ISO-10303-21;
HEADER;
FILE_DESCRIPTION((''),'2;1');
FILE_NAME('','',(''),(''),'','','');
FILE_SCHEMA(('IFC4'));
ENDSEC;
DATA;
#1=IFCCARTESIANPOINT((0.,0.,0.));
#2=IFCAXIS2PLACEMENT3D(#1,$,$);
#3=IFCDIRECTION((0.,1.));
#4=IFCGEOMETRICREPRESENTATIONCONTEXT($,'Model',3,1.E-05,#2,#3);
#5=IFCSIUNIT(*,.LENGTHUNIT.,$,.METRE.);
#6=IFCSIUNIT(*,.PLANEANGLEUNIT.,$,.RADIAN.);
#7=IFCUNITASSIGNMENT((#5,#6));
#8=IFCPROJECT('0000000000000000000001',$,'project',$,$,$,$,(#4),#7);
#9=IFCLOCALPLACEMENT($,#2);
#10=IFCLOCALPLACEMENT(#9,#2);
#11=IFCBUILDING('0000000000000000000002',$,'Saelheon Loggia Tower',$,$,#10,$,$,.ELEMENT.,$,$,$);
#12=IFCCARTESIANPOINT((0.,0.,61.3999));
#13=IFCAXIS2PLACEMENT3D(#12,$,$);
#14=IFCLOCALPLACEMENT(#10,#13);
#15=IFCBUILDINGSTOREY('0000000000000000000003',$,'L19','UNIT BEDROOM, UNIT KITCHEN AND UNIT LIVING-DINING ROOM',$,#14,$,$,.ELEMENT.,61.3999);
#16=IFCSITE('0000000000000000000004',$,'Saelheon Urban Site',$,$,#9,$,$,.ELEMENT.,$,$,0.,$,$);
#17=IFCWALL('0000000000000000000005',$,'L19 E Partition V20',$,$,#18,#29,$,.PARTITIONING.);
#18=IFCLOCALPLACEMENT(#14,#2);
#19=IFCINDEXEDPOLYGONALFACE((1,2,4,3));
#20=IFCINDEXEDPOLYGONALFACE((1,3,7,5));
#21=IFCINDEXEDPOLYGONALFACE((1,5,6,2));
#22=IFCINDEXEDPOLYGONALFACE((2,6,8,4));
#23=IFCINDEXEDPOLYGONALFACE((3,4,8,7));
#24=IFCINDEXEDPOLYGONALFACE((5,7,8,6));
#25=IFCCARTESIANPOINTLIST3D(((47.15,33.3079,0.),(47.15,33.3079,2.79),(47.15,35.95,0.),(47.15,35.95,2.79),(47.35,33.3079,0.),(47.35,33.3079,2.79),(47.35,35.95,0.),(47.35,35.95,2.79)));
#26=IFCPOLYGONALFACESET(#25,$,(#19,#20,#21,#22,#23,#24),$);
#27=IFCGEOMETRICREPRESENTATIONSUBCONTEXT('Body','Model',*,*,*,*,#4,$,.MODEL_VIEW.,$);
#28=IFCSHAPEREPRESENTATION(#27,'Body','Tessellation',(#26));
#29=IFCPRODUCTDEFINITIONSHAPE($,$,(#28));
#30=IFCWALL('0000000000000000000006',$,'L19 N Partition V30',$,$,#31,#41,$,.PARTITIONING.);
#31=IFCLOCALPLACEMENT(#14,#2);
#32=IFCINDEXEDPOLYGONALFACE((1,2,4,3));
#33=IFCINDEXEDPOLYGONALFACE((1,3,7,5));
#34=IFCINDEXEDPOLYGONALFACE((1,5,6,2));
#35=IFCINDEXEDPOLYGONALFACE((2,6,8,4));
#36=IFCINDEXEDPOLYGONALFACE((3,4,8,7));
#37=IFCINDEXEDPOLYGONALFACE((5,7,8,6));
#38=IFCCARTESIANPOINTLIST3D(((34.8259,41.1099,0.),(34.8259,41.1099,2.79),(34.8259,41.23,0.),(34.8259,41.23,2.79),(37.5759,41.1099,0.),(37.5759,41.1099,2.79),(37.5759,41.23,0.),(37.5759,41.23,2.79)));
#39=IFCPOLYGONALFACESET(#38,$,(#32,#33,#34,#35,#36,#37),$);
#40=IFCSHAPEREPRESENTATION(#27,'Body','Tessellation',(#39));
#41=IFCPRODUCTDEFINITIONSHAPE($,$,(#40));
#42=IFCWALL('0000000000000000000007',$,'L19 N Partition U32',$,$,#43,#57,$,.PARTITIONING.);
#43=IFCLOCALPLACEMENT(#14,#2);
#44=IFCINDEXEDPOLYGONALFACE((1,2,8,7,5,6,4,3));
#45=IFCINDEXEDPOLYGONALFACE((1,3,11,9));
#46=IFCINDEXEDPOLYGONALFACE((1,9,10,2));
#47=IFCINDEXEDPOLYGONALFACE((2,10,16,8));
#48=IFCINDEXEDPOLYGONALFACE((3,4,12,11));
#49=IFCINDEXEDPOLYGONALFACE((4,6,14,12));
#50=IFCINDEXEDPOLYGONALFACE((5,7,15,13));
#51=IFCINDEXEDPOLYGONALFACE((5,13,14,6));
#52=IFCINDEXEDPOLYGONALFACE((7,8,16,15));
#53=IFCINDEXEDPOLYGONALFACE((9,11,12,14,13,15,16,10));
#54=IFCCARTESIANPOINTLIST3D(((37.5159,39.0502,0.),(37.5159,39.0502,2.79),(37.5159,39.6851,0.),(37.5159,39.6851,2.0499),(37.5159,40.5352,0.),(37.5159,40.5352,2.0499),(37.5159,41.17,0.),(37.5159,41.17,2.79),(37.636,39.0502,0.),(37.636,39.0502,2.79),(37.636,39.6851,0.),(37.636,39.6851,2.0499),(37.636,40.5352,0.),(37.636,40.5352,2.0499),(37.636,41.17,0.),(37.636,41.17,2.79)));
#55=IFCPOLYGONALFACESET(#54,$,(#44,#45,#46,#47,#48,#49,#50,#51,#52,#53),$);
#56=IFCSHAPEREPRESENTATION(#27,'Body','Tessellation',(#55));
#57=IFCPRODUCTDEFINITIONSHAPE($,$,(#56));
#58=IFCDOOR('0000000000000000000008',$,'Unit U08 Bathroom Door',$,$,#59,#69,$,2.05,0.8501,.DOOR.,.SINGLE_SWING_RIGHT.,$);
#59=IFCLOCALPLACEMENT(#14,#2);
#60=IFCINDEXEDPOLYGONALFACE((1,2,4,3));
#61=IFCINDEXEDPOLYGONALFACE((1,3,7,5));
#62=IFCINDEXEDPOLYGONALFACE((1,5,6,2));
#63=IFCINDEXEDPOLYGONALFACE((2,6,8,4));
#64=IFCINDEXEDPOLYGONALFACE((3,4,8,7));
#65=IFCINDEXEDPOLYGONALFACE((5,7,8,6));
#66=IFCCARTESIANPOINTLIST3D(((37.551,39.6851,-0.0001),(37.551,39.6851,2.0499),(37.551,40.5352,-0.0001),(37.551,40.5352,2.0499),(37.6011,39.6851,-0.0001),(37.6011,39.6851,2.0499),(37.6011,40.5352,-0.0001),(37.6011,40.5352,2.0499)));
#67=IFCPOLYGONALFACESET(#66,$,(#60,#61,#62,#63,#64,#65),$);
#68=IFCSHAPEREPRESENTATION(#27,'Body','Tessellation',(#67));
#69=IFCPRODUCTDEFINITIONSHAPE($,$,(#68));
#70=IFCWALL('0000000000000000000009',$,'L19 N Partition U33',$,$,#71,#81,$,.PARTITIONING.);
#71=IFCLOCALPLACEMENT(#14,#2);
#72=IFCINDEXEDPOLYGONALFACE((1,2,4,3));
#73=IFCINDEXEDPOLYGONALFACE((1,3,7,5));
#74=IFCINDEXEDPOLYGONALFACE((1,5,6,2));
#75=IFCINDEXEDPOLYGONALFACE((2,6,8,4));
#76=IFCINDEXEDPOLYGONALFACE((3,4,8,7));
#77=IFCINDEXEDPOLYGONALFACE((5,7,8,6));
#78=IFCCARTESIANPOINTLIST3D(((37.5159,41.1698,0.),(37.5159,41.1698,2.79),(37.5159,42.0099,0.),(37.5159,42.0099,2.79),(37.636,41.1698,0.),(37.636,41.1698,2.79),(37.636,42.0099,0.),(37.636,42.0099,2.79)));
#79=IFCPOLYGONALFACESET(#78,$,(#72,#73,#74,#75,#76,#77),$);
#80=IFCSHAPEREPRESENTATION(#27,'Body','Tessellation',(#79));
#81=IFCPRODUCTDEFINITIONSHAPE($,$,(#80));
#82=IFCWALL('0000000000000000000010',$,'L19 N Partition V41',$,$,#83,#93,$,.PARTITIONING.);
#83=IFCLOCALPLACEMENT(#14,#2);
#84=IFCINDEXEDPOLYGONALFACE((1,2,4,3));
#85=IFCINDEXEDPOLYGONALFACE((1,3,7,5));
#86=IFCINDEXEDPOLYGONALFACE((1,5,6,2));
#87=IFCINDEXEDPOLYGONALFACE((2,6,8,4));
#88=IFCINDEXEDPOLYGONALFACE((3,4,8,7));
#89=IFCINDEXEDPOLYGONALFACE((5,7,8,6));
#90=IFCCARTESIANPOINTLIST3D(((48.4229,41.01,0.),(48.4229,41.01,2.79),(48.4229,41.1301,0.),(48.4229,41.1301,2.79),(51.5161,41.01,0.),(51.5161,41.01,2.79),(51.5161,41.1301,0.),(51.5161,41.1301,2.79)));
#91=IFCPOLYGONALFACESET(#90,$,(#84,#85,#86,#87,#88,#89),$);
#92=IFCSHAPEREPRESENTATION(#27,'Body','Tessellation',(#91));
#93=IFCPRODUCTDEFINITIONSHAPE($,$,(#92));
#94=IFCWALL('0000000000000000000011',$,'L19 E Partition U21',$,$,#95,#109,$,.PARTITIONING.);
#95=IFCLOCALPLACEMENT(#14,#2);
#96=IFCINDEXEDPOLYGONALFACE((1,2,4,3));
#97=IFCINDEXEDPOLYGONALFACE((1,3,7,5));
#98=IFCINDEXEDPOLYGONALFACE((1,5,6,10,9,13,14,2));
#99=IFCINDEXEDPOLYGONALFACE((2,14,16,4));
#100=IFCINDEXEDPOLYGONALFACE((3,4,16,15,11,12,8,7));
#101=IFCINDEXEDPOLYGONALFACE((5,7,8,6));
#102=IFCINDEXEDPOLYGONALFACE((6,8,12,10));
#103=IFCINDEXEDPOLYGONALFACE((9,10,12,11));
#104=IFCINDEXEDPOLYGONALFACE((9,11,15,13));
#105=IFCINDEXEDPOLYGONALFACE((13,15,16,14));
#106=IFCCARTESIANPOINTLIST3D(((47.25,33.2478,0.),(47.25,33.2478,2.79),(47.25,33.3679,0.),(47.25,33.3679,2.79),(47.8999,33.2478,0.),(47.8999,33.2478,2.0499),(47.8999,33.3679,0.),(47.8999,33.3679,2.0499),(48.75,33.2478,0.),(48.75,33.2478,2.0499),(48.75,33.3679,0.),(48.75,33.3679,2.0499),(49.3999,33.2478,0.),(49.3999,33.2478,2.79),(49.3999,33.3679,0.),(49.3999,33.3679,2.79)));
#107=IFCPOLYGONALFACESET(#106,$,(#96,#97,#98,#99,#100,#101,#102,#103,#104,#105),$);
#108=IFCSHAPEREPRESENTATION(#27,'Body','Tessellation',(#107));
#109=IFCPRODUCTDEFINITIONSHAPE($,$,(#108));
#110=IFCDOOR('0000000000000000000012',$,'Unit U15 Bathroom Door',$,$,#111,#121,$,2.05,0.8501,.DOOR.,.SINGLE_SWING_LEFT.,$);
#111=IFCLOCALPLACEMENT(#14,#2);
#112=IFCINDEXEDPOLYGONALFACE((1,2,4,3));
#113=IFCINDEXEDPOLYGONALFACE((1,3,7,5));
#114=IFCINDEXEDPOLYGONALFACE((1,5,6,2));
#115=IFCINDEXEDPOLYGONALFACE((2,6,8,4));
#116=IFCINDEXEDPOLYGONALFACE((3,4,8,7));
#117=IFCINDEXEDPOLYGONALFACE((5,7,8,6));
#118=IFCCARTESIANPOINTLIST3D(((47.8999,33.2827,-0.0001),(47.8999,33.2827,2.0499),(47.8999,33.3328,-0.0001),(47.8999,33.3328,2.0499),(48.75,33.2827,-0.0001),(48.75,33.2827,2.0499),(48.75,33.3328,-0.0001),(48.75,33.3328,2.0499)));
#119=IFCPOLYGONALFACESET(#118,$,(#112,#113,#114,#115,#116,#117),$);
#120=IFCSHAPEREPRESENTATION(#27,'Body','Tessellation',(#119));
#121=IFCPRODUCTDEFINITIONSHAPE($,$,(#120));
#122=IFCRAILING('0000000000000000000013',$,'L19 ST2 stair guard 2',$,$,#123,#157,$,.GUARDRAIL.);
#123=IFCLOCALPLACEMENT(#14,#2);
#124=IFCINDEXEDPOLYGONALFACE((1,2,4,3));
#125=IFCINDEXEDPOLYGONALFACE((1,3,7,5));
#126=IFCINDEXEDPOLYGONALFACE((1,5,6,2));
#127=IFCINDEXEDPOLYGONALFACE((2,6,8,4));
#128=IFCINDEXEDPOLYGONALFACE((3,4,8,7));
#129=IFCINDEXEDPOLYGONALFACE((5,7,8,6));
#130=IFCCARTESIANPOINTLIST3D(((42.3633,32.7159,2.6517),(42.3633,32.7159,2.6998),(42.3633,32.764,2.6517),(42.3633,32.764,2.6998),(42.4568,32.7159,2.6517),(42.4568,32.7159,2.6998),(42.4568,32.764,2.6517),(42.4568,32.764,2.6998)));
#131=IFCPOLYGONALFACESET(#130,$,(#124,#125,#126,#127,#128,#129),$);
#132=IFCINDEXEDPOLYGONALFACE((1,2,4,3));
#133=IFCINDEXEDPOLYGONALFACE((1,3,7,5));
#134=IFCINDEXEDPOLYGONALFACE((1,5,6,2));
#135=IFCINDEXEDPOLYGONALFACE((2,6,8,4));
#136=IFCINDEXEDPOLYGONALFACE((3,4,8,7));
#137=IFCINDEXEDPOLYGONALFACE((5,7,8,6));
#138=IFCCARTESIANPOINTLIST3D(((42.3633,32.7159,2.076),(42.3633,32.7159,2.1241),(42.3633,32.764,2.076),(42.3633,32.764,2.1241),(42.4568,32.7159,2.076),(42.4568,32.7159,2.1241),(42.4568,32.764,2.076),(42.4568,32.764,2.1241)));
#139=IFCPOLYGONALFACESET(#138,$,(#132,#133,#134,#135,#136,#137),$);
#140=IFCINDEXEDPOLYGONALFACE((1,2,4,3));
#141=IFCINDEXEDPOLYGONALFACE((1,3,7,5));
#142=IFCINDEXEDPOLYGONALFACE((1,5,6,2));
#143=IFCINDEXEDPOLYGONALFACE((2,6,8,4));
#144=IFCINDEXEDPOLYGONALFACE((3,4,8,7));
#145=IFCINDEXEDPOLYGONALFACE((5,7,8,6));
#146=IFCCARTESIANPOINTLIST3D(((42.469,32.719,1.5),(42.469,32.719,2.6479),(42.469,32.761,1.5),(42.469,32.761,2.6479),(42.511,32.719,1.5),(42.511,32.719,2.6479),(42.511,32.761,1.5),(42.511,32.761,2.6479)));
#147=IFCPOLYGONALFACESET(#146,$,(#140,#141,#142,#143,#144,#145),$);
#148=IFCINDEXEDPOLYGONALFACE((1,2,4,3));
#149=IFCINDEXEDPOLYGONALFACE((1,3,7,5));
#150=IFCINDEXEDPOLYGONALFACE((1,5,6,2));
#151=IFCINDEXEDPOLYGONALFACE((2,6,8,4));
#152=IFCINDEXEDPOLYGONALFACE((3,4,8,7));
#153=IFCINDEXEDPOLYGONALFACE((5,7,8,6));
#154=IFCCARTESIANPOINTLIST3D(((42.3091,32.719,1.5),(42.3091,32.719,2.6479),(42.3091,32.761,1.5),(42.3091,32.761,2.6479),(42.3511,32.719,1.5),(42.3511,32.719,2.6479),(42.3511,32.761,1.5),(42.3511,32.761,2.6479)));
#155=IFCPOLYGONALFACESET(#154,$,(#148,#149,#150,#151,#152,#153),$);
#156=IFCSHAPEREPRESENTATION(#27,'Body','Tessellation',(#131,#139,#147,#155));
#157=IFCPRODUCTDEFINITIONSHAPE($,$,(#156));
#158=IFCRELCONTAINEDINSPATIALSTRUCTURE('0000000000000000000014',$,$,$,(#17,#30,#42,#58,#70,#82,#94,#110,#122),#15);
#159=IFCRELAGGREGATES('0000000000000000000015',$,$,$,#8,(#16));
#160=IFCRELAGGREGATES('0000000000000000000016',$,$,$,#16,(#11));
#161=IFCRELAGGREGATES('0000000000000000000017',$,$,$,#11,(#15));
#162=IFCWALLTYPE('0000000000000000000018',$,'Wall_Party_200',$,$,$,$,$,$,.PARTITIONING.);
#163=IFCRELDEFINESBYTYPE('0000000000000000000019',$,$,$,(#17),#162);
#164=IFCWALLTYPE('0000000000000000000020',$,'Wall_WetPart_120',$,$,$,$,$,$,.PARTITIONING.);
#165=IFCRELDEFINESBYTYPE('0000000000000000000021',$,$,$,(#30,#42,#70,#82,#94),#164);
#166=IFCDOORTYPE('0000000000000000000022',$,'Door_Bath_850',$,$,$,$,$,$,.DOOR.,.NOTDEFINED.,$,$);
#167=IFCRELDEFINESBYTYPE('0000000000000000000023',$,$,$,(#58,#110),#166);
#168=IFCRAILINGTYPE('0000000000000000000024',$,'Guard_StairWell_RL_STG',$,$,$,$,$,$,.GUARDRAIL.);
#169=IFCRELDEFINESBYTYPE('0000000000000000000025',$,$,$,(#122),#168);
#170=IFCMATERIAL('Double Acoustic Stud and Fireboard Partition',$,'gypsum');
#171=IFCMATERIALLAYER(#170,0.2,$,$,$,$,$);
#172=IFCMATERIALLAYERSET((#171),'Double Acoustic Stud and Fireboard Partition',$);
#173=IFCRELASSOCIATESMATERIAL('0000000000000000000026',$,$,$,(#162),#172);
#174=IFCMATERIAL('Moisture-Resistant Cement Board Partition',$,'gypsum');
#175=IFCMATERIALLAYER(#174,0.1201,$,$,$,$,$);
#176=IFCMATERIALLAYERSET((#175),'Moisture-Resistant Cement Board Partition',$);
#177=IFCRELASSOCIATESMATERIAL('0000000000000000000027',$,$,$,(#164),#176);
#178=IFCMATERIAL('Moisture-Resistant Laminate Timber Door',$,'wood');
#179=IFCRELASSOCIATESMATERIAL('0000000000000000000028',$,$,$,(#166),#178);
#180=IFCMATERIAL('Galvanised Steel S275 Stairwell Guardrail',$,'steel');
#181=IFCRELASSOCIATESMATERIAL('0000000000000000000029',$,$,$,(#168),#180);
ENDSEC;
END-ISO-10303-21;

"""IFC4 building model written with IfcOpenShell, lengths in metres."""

from ifc_helpers import new_model, si_unit, direction, frame, frame_2d, origin, origin_2d, place, context, subcontext, project, spatial, rectangle, extrude, source, transform, mapped, material, layer, layer_set, type_object, element, fill, save


model = new_model("IFC4")

# Units and contexts
model_context = context("Model", 3, precision=1e-05, world=origin(), true_north=direction((0.0, 1.0)))
body_context = subcontext(model_context, "Body", "Model", "MODEL_VIEW")
ifc_project = project(units=[si_unit("LENGTHUNIT", "METRE"), si_unit("PLANEANGLEUNIT", "RADIAN")], contexts=[model_context])

# Site, building, storey
site_placement = place(None, origin())
site = spatial("IfcSite", under=ifc_project, at=site_placement, Name="Saelheon Urban Site", CompositionType="ELEMENT", RefElevation=0.0)
building_placement = place(site_placement, origin())
building = spatial("IfcBuilding", under=site, at=building_placement, Name="Saelheon Loggia Tower", CompositionType="ELEMENT")
storey_placement = place(building_placement, frame((0.0, 0.0, 61.3999)))
storey = spatial("IfcBuildingStorey", under=building, at=storey_placement, Name="L19", Description="UNIT BEDROOM, UNIT KITCHEN AND UNIT LIVING-DINING ROOM", CompositionType="ELEMENT", Elevation=61.3999)

# Shared definitions
ifc_material_1 = material(Name="Double Acoustic Stud and Fireboard Partition", Category="gypsum")
ifc_layer_1 = layer(ifc_material_1, 0.2)
ifc_layer_set_1 = layer_set([ifc_layer_1], Name="Double Acoustic Stud and Fireboard Partition")
wall_type_1 = type_object("IfcWallType", Name="Wall_Party_200", PredefinedType="PARTITIONING", material=ifc_layer_set_1)

# Walls
wall_1_placement = place(storey_placement, frame((47.25, 33.3079, 0.0), z_axis=(0.0, 0.0, 1.0), x_axis=(0.0, 1.0, 0.0)))
element("IfcWall", 1, at=wall_1_placement, inside=storey, type_object=wall_type_1, Name="L19 E Partition V20", PredefinedType="PARTITIONING", context=body_context, shape_type="SweptSolid", body=[
    extrude(rectangle(XDim=2.6421, YDim=0.2, at=frame_2d((1.321, 0.0))), origin(), (0.0, 0.0, 1.0), 2.79),
])
ifc_material_2 = material(Name="Moisture-Resistant Cement Board Partition", Category="gypsum")
ifc_layer_2 = layer(ifc_material_2, 0.1201)
ifc_layer_set_2 = layer_set([ifc_layer_2], Name="Moisture-Resistant Cement Board Partition")
wall_type_2 = type_object("IfcWallType", Name="Wall_WetPart_120", PredefinedType="PARTITIONING", material=ifc_layer_set_2)
wall_2_placement = place(storey_placement, frame((34.8259, 41.1699, 0.0), z_axis=(0.0, 0.0, 1.0), x_axis=(1.0, 0.0, 0.0)))
element("IfcWall", 2, at=wall_2_placement, inside=storey, type_object=wall_type_2, Name="L19 N Partition V30", PredefinedType="PARTITIONING", context=body_context, shape_type="SweptSolid", body=[
    extrude(rectangle(XDim=2.75, YDim=0.1201, at=frame_2d((1.375, 0.0))), origin(), (0.0, 0.0, 1.0), 2.79),
])

# Wall, opening, door
wall_3_placement = place(storey_placement, frame((37.5759, 39.05, 0.0), z_axis=(0.0, 0.0, 1.0), x_axis=(0.0, 1.0, 0.0)))
wall_3 = element("IfcWall", 3, at=wall_3_placement, inside=storey, type_object=wall_type_2, Name="L19 N Partition U32", PredefinedType="PARTITIONING", context=body_context, shape_type="SweptSolid", body=[
    extrude(rectangle(XDim=2.1199, YDim=0.1201, at=frame_2d((1.0601, 0.0))), origin(), (0.0, 0.0, 1.0), 2.79),
])
opening_1_placement = place(wall_3_placement, frame((0.635, 0.0, 0.0)))
opening_1 = element("IfcOpeningElement", 4, at=opening_1_placement, cuts=wall_3, PredefinedType="OPENING", context=body_context, shape_type="SweptSolid", body=[
    extrude(rectangle(XDim=0.8501, YDim=2.05, at=frame_2d((0.425, 1.0249))), frame((0.0, 0.072, 0.0), z_axis=(0.0, -1.0, 0.0), x_axis=(1.0, 0.0, 0.0)), (0.0, 0.0, 1.0), 0.144),
])
ifc_material_3 = material(Name="Moisture-Resistant Laminate Timber Door", Category="wood")
door_type_1 = type_object("IfcDoorType", Name="Door_Bath_850", OperationType="NOTDEFINED", PredefinedType="DOOR", material=ifc_material_3)
shared_shape_1 = source(origin(), body_context, "Body", "SweptSolid", [
    extrude(rectangle(XDim=0.8501, YDim=2.05, at=frame_2d((0.425, 1.0249))), frame((0.0, 0.0249, 0.0), z_axis=(0.0, -1.0, 0.0), x_axis=(1.0, 0.0, 0.0)), (0.0, 0.0, 1.0), 0.05),
])
door_1_placement = place(opening_1_placement, origin())
door_1 = element("IfcDoor", 5, at=door_1_placement, inside=storey, type_object=door_type_1, Name="Unit U08 Bathroom Door", OperationType="SINGLE_SWING_RIGHT", OverallHeight=2.05, OverallWidth=0.8501, PredefinedType="DOOR", context=body_context, shape_type="MappedRepresentation", body=[
    mapped(shared_shape_1, transform((0.0, 0.0, 0.0), scale=1.0)),
])
fill(opening_1, door_1)

# Walls
wall_4_placement = place(storey_placement, frame((37.5759, 41.1699, 0.0), z_axis=(0.0, 0.0, 1.0), x_axis=(0.0, 1.0, 0.0)))
element("IfcWall", 6, at=wall_4_placement, inside=storey, type_object=wall_type_2, Name="L19 N Partition U33", PredefinedType="PARTITIONING", context=body_context, shape_type="SweptSolid", body=[
    extrude(rectangle(XDim=0.8401, YDim=0.1201, at=frame_2d((0.4199, 0.0))), origin(), (0.0, 0.0, 1.0), 2.79),
])
wall_5_placement = place(storey_placement, frame((48.4229, 41.0701, 0.0), z_axis=(0.0, 0.0, 1.0), x_axis=(1.0, 0.0, 0.0)))
element("IfcWall", 7, at=wall_5_placement, inside=storey, type_object=wall_type_2, Name="L19 N Partition V41", PredefinedType="PARTITIONING", context=body_context, shape_type="SweptSolid", body=[
    extrude(rectangle(XDim=3.0933, YDim=0.1201, at=frame_2d((1.5466, 0.0))), origin(), (0.0, 0.0, 1.0), 2.79),
])

# Wall, opening, door
wall_6_placement = place(storey_placement, frame((47.25, 33.3079, 0.0), z_axis=(0.0, 0.0, 1.0), x_axis=(1.0, 0.0, 0.0)))
wall_6 = element("IfcWall", 8, at=wall_6_placement, inside=storey, type_object=wall_type_2, Name="L19 E Partition U21", PredefinedType="PARTITIONING", context=body_context, shape_type="SweptSolid", body=[
    extrude(rectangle(XDim=2.1499, YDim=0.1201, at=frame_2d((1.075, 0.0))), origin(), (0.0, 0.0, 1.0), 2.79),
])
opening_2_placement = place(wall_6_placement, frame((0.6499, 0.0, 0.0)))
opening_2 = element("IfcOpeningElement", 9, at=opening_2_placement, cuts=wall_6, PredefinedType="OPENING", context=body_context, shape_type="SweptSolid", body=[
    extrude(rectangle(XDim=0.8501, YDim=2.05, at=frame_2d((0.425, 1.0249))), frame((0.0, 0.072, 0.0), z_axis=(0.0, -1.0, 0.0), x_axis=(1.0, 0.0, 0.0)), (0.0, 0.0, 1.0), 0.144),
])
door_2_placement = place(opening_2_placement, origin())
door_2 = element("IfcDoor", 10, at=door_2_placement, inside=storey, type_object=door_type_1, Name="Unit U15 Bathroom Door", OperationType="SINGLE_SWING_LEFT", OverallHeight=2.05, OverallWidth=0.8501, PredefinedType="DOOR", context=body_context, shape_type="MappedRepresentation", body=[
    mapped(shared_shape_1, transform((0.0, 0.0, 0.0), scale=1.0)),
])
fill(opening_2, door_2)

# Railing
ifc_material_4 = material(Name="Galvanised Steel S275 Stairwell Guardrail", Category="steel")
railing_type = type_object("IfcRailingType", Name="Guard_StairWell_RL_STG", PredefinedType="GUARDRAIL", material=ifc_material_4)
railing_placement = place(storey_placement, frame((42.49, 32.74, 1.5)))
element("IfcRailing", 11, at=railing_placement, inside=storey, type_object=railing_type, Name="L19 ST2 stair guard 2", PredefinedType="GUARDRAIL", context=body_context, shape_type="SweptSolid", body=[
    extrude(rectangle(XDim=0.0481, YDim=0.0481, at=origin_2d()), frame((-0.0332, 0.0, 1.1758), z_axis=(-1.0, 0.0, 0.0), x_axis=(0.0, -1.0, 0.0)), (0.0, 0.0, 1.0), 0.0935),
    extrude(rectangle(XDim=0.0481, YDim=0.0481, at=origin_2d()), frame((-0.0332, 0.0, 0.6001), z_axis=(-1.0, 0.0, 0.0), x_axis=(0.0, -1.0, 0.0)), (0.0, 0.0, 1.0), 0.0935),
    extrude(rectangle(XDim=0.042, YDim=0.042, at=origin_2d()), origin(), (0.0, 0.0, 1.0), 1.1479),
    extrude(rectangle(XDim=0.042, YDim=0.042, at=origin_2d()), frame((-0.1599, 0.0, 0.0)), (0.0, 0.0, 1.0), 1.1479),
])

save(model, "model.ifc")
